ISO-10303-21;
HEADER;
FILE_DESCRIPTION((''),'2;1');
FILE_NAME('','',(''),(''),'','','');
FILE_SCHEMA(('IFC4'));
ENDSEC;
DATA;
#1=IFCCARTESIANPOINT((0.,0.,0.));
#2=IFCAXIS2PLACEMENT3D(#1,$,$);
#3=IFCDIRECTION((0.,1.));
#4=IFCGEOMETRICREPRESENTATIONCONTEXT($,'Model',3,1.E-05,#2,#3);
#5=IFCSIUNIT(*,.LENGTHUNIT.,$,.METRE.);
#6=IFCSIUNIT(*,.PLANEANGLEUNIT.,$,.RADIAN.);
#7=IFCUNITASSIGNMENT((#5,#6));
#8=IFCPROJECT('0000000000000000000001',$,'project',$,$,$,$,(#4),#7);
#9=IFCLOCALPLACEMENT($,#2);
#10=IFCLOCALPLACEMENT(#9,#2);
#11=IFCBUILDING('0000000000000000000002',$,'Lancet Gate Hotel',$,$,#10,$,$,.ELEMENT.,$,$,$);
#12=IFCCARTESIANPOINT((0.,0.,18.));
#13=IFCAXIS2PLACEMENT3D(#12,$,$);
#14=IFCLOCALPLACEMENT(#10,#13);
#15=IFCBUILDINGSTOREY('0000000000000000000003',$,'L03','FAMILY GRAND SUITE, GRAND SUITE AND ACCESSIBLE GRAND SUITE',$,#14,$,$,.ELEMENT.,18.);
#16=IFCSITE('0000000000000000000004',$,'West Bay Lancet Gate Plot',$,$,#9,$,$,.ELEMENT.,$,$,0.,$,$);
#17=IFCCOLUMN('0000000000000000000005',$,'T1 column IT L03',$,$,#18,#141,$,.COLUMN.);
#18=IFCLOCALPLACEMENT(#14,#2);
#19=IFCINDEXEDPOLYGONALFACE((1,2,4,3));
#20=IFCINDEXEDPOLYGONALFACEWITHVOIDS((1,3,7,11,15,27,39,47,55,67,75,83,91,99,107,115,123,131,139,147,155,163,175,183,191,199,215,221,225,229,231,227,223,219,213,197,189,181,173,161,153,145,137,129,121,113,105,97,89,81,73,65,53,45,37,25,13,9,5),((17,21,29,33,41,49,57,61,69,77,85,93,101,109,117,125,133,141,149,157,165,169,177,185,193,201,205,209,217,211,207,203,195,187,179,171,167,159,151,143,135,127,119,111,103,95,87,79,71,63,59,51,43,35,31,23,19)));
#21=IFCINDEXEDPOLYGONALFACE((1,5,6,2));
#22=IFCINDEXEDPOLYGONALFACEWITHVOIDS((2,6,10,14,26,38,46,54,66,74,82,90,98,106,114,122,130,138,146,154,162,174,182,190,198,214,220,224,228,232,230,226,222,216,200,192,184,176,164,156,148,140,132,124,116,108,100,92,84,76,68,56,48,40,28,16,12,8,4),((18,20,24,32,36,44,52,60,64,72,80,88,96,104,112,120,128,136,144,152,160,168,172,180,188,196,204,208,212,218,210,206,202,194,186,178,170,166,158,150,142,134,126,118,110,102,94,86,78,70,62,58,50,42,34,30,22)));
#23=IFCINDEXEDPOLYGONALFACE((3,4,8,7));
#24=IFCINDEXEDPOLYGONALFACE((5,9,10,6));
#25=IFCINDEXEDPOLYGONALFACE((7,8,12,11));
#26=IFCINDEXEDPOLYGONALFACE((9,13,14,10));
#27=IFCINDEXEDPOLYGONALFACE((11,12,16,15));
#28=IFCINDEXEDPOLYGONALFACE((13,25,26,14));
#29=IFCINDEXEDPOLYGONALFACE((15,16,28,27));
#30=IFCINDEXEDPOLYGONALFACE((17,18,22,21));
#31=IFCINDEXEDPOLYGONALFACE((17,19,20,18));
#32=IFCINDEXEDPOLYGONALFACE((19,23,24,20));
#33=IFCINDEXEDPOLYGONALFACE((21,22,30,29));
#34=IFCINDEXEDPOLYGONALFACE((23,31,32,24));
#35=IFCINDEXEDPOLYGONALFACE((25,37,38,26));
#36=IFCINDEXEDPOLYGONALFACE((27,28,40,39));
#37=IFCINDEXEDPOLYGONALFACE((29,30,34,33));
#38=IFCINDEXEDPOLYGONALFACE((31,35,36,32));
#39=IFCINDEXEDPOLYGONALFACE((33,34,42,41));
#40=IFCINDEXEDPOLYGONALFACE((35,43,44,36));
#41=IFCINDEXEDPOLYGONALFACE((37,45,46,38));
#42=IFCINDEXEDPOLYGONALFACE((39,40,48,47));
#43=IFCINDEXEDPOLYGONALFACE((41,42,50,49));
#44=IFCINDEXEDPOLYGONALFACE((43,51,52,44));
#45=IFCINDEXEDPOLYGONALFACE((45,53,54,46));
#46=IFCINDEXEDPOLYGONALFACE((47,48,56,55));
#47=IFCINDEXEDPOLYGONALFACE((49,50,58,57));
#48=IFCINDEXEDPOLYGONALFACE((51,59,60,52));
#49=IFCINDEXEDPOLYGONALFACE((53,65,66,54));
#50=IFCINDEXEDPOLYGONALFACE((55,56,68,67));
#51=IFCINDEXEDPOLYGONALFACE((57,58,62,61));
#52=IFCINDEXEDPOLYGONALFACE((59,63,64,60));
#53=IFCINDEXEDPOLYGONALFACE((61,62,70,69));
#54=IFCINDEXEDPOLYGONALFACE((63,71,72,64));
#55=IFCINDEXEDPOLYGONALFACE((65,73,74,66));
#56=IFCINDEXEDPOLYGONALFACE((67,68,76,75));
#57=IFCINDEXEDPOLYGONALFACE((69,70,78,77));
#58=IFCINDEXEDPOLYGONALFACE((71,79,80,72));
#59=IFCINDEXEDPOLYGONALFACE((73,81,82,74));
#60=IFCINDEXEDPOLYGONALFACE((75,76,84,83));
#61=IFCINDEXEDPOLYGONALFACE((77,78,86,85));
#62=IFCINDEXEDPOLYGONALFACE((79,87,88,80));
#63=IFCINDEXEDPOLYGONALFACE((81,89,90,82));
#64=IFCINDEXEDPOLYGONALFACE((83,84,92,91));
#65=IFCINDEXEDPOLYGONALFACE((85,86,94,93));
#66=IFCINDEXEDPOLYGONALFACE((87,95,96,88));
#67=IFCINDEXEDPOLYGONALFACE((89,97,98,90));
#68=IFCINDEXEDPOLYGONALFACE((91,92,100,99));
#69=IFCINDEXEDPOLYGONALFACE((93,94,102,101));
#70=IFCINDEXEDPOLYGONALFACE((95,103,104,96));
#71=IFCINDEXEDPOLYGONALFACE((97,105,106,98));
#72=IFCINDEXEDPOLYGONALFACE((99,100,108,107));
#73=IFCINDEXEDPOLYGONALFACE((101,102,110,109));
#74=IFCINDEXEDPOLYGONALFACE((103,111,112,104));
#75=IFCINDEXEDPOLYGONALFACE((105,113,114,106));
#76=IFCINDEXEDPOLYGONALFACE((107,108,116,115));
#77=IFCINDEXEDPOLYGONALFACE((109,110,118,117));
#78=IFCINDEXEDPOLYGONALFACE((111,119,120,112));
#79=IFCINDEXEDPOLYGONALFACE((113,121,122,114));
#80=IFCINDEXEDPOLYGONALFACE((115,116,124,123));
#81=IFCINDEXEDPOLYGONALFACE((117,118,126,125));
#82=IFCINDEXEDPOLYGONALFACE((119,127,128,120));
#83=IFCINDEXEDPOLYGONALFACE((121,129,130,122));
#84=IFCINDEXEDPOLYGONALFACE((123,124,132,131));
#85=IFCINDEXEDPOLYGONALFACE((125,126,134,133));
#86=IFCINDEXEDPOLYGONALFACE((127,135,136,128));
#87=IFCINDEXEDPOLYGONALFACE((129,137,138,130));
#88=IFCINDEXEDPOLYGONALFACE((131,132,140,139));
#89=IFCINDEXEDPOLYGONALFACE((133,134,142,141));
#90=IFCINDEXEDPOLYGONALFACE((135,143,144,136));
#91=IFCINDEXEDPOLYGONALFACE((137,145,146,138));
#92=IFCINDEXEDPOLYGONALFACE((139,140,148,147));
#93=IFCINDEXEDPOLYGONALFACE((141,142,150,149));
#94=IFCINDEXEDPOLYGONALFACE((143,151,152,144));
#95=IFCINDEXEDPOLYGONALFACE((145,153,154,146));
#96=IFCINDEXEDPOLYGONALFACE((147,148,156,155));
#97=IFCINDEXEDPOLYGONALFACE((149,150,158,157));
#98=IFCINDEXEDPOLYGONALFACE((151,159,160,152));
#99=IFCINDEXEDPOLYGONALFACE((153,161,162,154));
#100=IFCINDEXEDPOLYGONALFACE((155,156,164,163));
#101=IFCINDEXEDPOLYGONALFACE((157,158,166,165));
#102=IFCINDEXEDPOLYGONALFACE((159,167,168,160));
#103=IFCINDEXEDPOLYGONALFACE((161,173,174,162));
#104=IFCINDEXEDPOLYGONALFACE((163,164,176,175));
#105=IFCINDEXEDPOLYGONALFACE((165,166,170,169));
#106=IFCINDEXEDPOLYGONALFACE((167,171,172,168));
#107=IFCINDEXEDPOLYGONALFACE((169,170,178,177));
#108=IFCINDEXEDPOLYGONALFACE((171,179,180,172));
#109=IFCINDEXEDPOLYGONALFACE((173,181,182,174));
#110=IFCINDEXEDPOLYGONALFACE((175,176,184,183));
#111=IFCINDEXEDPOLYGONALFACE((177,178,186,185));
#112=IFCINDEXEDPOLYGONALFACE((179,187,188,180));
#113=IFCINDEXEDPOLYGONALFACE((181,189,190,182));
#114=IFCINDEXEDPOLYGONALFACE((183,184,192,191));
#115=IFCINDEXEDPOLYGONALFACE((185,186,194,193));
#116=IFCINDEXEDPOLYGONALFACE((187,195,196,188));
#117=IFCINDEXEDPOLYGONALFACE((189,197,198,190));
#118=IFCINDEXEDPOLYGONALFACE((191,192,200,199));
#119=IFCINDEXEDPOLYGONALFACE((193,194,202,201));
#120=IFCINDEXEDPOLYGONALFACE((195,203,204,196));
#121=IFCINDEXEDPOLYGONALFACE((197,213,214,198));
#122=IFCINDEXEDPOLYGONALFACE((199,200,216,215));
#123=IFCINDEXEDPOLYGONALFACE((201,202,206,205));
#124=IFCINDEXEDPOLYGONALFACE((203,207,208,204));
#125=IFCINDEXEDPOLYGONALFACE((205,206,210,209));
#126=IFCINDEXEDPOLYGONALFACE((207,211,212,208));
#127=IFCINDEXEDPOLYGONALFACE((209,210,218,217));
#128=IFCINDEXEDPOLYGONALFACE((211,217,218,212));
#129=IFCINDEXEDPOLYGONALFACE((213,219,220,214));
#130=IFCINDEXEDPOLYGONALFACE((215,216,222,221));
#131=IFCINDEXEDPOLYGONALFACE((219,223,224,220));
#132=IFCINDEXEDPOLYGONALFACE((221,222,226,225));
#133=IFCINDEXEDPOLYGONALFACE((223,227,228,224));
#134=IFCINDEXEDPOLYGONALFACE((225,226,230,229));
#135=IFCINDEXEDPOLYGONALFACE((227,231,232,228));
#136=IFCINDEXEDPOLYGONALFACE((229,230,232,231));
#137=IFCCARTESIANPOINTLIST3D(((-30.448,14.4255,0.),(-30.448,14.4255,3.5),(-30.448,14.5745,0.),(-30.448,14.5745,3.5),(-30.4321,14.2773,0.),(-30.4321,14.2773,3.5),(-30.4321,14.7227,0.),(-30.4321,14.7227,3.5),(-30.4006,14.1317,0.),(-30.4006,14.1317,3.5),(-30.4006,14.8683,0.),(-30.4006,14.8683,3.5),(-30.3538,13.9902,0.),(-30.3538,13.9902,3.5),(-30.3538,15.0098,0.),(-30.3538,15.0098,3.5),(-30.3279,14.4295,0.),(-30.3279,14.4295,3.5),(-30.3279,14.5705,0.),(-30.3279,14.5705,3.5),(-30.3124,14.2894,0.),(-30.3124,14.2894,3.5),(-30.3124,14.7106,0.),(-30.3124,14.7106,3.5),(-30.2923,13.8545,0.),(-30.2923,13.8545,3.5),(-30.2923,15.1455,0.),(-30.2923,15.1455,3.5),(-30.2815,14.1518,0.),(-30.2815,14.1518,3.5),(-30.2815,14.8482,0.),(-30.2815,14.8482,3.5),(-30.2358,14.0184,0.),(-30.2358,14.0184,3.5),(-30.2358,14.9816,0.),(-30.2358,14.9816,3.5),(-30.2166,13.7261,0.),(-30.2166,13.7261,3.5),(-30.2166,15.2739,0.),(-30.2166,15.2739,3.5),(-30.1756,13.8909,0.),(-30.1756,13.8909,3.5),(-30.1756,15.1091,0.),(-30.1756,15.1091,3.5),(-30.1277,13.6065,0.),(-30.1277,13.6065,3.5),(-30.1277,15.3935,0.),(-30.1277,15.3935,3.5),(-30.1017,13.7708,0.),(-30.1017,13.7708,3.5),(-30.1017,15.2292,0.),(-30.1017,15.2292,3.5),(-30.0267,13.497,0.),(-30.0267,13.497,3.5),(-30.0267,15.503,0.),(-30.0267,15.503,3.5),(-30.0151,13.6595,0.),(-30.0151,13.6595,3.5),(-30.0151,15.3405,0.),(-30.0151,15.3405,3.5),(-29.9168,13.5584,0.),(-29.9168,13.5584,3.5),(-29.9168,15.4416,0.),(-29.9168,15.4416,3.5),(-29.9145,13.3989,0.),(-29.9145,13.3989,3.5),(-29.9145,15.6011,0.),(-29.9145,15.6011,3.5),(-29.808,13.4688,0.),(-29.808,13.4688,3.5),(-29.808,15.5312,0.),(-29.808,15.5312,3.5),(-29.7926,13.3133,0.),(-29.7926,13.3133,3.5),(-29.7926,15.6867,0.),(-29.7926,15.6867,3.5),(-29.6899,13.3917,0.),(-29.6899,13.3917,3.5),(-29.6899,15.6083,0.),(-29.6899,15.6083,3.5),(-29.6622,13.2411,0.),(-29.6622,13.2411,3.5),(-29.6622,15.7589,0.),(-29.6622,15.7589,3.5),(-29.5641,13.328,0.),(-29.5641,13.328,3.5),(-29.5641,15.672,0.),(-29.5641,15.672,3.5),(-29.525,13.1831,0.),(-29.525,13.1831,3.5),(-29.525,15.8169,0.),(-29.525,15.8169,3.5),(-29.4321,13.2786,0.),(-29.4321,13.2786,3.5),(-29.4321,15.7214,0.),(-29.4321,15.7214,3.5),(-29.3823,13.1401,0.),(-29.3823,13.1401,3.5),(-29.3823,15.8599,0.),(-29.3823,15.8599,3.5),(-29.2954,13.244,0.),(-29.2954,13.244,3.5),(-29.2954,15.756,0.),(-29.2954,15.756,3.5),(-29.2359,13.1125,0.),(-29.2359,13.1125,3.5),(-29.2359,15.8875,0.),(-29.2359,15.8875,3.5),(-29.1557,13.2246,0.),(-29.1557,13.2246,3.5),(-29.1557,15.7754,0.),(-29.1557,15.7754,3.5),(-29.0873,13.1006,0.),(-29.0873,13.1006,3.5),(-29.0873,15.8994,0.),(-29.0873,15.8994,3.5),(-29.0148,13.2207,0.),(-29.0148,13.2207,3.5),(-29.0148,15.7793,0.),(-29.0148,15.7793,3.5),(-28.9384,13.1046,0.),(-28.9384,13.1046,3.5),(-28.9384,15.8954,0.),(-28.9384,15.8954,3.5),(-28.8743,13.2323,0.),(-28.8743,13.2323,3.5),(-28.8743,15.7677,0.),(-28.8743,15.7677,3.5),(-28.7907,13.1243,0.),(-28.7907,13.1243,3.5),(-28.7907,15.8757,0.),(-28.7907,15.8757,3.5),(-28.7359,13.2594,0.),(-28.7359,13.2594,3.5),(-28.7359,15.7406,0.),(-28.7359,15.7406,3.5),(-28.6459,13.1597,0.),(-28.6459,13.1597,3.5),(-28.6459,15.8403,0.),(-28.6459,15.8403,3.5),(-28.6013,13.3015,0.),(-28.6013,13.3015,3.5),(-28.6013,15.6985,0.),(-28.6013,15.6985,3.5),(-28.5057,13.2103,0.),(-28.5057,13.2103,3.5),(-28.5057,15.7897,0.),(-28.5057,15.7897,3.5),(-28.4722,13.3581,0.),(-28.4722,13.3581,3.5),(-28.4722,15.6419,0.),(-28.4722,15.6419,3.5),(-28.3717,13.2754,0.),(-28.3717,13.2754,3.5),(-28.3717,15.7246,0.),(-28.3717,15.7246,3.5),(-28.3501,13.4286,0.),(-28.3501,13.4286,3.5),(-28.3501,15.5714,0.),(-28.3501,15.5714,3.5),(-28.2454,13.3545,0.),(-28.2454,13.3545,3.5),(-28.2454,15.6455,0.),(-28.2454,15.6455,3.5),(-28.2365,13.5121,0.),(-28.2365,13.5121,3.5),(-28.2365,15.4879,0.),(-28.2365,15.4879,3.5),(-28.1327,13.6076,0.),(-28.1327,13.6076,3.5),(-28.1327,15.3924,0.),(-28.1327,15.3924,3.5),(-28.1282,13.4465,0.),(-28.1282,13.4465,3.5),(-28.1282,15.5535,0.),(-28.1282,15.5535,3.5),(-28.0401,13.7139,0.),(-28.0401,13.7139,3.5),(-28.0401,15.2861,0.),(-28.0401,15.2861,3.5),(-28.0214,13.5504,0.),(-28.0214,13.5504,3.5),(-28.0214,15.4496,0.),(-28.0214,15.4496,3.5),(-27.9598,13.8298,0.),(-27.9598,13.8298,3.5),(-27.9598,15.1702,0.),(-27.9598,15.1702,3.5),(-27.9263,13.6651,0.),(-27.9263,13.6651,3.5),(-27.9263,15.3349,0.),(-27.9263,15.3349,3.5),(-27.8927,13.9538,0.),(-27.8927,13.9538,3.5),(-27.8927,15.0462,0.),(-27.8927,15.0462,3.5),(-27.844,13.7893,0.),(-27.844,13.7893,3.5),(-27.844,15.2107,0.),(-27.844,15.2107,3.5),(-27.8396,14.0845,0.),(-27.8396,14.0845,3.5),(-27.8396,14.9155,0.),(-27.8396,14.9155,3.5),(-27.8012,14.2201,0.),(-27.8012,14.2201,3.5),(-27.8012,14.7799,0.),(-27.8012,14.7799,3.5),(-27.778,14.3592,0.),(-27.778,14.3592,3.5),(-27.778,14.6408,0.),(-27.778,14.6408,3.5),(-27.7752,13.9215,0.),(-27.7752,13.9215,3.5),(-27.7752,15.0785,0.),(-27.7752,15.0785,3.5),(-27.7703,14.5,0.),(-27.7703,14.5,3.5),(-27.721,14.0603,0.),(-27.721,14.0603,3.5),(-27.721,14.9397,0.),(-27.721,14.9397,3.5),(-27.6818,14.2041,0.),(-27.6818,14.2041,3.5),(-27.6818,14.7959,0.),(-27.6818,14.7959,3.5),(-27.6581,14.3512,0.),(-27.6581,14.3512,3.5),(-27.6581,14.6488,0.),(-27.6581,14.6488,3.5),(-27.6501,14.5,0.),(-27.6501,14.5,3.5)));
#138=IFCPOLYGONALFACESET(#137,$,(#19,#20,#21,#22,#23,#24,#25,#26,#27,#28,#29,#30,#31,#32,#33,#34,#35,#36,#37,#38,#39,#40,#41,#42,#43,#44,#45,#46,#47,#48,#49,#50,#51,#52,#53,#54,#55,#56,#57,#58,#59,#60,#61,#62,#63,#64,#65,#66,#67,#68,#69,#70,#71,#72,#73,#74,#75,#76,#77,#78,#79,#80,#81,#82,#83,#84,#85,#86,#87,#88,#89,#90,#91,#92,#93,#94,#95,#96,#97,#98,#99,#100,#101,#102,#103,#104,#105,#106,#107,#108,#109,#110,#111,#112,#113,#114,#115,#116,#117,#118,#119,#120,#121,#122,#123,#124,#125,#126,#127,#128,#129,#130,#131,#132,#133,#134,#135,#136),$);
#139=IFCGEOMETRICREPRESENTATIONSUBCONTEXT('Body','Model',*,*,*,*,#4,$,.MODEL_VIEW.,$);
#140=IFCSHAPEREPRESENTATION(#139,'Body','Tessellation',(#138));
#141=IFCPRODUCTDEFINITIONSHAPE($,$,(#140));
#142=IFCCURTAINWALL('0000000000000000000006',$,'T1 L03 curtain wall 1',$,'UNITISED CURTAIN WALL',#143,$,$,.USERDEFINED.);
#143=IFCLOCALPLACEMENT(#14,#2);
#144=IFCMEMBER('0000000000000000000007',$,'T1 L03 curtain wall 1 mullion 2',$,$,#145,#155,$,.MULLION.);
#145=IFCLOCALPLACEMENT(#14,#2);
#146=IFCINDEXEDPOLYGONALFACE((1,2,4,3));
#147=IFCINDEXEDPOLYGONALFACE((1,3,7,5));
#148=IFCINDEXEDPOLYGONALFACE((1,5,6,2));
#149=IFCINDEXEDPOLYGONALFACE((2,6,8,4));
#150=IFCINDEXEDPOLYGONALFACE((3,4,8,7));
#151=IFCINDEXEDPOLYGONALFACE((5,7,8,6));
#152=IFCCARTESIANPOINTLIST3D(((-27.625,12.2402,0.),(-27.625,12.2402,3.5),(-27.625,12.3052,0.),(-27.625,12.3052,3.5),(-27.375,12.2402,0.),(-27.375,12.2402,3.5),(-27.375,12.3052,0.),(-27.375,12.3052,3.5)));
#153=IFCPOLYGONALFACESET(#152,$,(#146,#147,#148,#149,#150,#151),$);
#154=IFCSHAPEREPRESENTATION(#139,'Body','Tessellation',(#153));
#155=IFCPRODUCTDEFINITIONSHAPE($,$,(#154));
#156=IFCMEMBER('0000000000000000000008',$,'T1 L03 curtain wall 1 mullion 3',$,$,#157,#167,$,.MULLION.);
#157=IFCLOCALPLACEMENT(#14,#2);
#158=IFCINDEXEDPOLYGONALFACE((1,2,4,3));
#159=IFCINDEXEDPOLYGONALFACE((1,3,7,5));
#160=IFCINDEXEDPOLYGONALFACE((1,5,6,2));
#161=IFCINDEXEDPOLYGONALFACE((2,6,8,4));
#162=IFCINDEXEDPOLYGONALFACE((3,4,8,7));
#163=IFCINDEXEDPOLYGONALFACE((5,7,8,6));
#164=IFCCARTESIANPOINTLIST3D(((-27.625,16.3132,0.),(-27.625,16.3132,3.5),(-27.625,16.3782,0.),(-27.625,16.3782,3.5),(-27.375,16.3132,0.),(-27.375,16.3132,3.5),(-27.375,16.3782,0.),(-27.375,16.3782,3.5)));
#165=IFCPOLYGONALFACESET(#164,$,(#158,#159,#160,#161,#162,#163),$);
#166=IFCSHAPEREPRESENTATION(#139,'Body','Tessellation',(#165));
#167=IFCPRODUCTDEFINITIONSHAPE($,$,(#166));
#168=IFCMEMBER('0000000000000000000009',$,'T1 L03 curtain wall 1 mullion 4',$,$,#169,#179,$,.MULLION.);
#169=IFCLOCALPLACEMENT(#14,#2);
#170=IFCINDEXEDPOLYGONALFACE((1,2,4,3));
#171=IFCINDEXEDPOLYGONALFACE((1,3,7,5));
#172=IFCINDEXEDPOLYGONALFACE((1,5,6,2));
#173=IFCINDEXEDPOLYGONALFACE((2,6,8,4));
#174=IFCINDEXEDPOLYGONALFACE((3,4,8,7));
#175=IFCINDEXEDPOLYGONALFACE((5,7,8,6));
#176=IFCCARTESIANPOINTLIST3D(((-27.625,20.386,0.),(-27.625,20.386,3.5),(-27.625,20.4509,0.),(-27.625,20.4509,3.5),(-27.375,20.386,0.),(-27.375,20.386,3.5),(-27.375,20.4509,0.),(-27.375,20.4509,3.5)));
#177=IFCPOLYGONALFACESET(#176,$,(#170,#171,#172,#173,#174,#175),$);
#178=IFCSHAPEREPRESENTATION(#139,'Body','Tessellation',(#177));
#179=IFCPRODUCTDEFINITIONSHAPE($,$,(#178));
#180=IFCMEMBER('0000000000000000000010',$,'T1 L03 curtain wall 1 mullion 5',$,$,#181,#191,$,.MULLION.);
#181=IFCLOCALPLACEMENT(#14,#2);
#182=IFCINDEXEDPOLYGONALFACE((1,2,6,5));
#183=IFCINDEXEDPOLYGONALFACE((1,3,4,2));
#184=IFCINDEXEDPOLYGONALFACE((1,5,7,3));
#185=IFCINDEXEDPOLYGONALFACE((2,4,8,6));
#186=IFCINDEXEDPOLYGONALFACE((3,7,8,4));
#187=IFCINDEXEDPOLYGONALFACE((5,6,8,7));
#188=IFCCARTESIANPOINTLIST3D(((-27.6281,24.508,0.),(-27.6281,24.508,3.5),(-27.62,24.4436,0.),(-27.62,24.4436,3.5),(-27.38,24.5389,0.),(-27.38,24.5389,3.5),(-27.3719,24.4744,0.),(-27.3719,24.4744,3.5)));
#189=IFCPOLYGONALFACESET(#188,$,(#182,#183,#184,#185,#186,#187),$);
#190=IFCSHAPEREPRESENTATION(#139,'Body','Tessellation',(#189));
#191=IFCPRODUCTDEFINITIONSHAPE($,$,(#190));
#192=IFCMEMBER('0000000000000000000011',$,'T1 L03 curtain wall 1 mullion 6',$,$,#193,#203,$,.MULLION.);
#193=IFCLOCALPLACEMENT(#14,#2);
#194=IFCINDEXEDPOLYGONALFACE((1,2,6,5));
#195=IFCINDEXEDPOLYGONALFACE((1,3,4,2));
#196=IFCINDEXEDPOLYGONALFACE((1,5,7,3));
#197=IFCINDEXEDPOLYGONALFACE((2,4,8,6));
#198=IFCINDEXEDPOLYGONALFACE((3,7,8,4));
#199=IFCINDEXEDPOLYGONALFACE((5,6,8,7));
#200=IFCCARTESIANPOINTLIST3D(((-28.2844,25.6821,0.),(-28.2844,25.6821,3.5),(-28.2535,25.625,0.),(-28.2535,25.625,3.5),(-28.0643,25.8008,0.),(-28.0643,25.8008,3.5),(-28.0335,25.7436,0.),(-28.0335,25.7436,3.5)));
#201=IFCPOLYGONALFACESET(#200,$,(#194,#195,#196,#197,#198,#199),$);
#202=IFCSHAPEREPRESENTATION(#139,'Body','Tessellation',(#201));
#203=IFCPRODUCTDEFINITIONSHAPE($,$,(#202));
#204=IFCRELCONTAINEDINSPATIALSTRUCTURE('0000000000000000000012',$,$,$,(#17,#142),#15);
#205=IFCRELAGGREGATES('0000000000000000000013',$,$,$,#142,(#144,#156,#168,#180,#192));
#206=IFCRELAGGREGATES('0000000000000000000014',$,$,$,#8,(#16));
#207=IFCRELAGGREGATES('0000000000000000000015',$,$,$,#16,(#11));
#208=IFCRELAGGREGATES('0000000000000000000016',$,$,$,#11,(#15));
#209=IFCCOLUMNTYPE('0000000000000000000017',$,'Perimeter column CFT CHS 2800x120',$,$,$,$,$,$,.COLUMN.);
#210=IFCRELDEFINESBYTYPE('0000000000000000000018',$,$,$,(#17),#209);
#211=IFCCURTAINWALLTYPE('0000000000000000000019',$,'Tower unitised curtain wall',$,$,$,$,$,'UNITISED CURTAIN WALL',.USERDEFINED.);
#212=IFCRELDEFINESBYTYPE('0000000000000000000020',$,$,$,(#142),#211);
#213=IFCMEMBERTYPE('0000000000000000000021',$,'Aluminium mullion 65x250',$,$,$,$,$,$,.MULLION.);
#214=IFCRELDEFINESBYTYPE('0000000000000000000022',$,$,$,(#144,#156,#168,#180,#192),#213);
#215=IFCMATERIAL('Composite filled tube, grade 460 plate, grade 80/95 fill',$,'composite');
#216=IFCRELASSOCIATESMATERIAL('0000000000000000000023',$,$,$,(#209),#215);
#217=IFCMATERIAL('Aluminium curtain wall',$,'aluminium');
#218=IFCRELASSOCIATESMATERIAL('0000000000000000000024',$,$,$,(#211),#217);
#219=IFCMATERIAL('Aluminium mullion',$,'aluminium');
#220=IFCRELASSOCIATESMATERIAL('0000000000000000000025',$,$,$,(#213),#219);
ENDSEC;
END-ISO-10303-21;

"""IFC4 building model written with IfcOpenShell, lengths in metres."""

from ifc_helpers import new_model, si_unit, direction, frame, origin, origin_2d, place, context, subcontext, project, spatial, rectangle, hollow_circle, extrude, material, material_profile, profile_set, type_object, element, aggregate, save


model = new_model("IFC4")

# Units and contexts
model_context = context("Model", 3, precision=1e-05, world=origin(), true_north=direction((0.0, 1.0)))
body_context = subcontext(model_context, "Body", "Model", "MODEL_VIEW")
ifc_project = project(units=[si_unit("LENGTHUNIT", "METRE"), si_unit("PLANEANGLEUNIT", "RADIAN")], contexts=[model_context])

# Site, building, storey
site_placement = place(None, origin())
site = spatial("IfcSite", under=ifc_project, at=site_placement, Name="West Bay Lancet Gate Plot", CompositionType="ELEMENT", RefElevation=0.0)
building_placement = place(site_placement, origin())
building = spatial("IfcBuilding", under=site, at=building_placement, Name="Lancet Gate Hotel", CompositionType="ELEMENT")
storey_placement = place(building_placement, frame((0.0, 0.0, 18.0)))
storey = spatial("IfcBuildingStorey", under=building, at=storey_placement, Name="L03", Description="FAMILY GRAND SUITE, GRAND SUITE AND ACCESSIBLE GRAND SUITE", CompositionType="ELEMENT", Elevation=18.0)

# Column
ifc_material_1 = material(Name="Composite filled tube, grade 460 plate, grade 80/95 fill", Category="composite")
ifc_material_profile_1 = material_profile(ifc_material_1, hollow_circle(Radius=1.3999, WallThickness=0.1201, at=origin_2d()), Name="CHS 2800x120")
ifc_profile_set_1 = profile_set([ifc_material_profile_1], Name="Composite filled tube, grade 460 plate, grade 80/95 fill")
column_type = type_object("IfcColumnType", Name="Perimeter column CFT CHS 2800x120", PredefinedType="COLUMN", material=ifc_profile_set_1)
for number, where, z_axis, x_axis, name in (
    (1, (-29.05, 14.5, 0.0), (0.0, 0.0, 1.0), (1.0, 0.0, 0.0), "T1 column IT L03"),
):
    element("IfcColumn", number, at=place(storey_placement, frame(where, z_axis=z_axis, x_axis=x_axis)), inside=storey, type_object=column_type, Name=name, PredefinedType="COLUMN", context=body_context, shape_type="SweptSolid", body=[
        extrude(hollow_circle(Radius=1.3999, WallThickness=0.1201, at=origin_2d()), origin(), (0.0, 0.0, 1.0), 3.5),
    ])

# Curtain wall, members
ifc_material_2 = material(Name="Aluminium curtain wall", Category="aluminium")
curtain_wall_type = type_object("IfcCurtainWallType", Name="Tower unitised curtain wall", ElementType="UNITISED CURTAIN WALL", PredefinedType="USERDEFINED", material=ifc_material_2)
curtain_wall_placement = place(storey_placement, origin())
curtain_wall = element("IfcCurtainWall", 2, at=curtain_wall_placement, inside=storey, type_object=curtain_wall_type, Name="T1 L03 curtain wall 1", ObjectType="UNITISED CURTAIN WALL", PredefinedType="USERDEFINED")
ifc_material_3 = material(Name="Aluminium mullion", Category="aluminium")
ifc_material_profile_2 = material_profile(ifc_material_3, rectangle(XDim=0.0649, YDim=0.25, at=origin_2d()), Name="MULLION 65x250")
ifc_profile_set_2 = profile_set([ifc_material_profile_2], Name="Aluminium mullion")
member_type_1 = type_object("IfcMemberType", Name="Aluminium mullion 65x250", PredefinedType="MULLION", material=ifc_profile_set_2)
member_1_placement = place(storey_placement, frame((-27.5, 12.2727, 0.0), z_axis=(0.0, 0.0, 1.0), x_axis=(0.0, 1.0, 0.0)))
member_1 = element("IfcMember", 3, at=member_1_placement, type_object=member_type_1, Name="T1 L03 curtain wall 1 mullion 2", PredefinedType="MULLION", context=body_context, shape_type="SweptSolid", body=[
    extrude(rectangle(XDim=0.0649, YDim=0.25, at=origin_2d()), origin(), (0.0, 0.0, 1.0), 3.5),
])
member_2_placement = place(storey_placement, frame((-27.5, 16.3457, 0.0), z_axis=(0.0, 0.0, 1.0), x_axis=(0.0, 1.0, 0.0)))
member_2 = element("IfcMember", 4, at=member_2_placement, type_object=member_type_1, Name="T1 L03 curtain wall 1 mullion 3", PredefinedType="MULLION", context=body_context, shape_type="SweptSolid", body=[
    extrude(rectangle(XDim=0.0649, YDim=0.25, at=origin_2d()), origin(), (0.0, 0.0, 1.0), 3.5),
])
member_3_placement = place(storey_placement, frame((-27.5, 20.4185, 0.0), z_axis=(0.0, 0.0, 1.0), x_axis=(0.0, 1.0, 0.0)))
member_3 = element("IfcMember", 5, at=member_3_placement, type_object=member_type_1, Name="T1 L03 curtain wall 1 mullion 4", PredefinedType="MULLION", context=body_context, shape_type="SweptSolid", body=[
    extrude(rectangle(XDim=0.0649, YDim=0.25, at=origin_2d()), origin(), (0.0, 0.0, 1.0), 3.5),
])
member_4_placement = place(storey_placement, frame((-27.5, 24.4912, 0.0), z_axis=(0.0, 0.0, 1.0), x_axis=(-0.123483, 0.992347, 0.0)))
member_4 = element("IfcMember", 6, at=member_4_placement, type_object=member_type_1, Name="T1 L03 curtain wall 1 mullion 5", PredefinedType="MULLION", context=body_context, shape_type="SweptSolid", body=[
    extrude(rectangle(XDim=0.0649, YDim=0.25, at=origin_2d()), origin(), (0.0, 0.0, 1.0), 3.5),
])
member_5_placement = place(storey_placement, frame((-28.1589, 25.7129, 0.0), z_axis=(0.0, 0.0, 1.0), x_axis=(-0.474631, 0.880185, 0.0)))
member_5 = element("IfcMember", 7, at=member_5_placement, type_object=member_type_1, Name="T1 L03 curtain wall 1 mullion 6", PredefinedType="MULLION", context=body_context, shape_type="SweptSolid", body=[
    extrude(rectangle(XDim=0.0649, YDim=0.25, at=origin_2d()), origin(), (0.0, 0.0, 1.0), 3.5),
])

aggregate(curtain_wall, [member_1, member_2, member_3, member_4, member_5])

save(model, "model.ifc")
